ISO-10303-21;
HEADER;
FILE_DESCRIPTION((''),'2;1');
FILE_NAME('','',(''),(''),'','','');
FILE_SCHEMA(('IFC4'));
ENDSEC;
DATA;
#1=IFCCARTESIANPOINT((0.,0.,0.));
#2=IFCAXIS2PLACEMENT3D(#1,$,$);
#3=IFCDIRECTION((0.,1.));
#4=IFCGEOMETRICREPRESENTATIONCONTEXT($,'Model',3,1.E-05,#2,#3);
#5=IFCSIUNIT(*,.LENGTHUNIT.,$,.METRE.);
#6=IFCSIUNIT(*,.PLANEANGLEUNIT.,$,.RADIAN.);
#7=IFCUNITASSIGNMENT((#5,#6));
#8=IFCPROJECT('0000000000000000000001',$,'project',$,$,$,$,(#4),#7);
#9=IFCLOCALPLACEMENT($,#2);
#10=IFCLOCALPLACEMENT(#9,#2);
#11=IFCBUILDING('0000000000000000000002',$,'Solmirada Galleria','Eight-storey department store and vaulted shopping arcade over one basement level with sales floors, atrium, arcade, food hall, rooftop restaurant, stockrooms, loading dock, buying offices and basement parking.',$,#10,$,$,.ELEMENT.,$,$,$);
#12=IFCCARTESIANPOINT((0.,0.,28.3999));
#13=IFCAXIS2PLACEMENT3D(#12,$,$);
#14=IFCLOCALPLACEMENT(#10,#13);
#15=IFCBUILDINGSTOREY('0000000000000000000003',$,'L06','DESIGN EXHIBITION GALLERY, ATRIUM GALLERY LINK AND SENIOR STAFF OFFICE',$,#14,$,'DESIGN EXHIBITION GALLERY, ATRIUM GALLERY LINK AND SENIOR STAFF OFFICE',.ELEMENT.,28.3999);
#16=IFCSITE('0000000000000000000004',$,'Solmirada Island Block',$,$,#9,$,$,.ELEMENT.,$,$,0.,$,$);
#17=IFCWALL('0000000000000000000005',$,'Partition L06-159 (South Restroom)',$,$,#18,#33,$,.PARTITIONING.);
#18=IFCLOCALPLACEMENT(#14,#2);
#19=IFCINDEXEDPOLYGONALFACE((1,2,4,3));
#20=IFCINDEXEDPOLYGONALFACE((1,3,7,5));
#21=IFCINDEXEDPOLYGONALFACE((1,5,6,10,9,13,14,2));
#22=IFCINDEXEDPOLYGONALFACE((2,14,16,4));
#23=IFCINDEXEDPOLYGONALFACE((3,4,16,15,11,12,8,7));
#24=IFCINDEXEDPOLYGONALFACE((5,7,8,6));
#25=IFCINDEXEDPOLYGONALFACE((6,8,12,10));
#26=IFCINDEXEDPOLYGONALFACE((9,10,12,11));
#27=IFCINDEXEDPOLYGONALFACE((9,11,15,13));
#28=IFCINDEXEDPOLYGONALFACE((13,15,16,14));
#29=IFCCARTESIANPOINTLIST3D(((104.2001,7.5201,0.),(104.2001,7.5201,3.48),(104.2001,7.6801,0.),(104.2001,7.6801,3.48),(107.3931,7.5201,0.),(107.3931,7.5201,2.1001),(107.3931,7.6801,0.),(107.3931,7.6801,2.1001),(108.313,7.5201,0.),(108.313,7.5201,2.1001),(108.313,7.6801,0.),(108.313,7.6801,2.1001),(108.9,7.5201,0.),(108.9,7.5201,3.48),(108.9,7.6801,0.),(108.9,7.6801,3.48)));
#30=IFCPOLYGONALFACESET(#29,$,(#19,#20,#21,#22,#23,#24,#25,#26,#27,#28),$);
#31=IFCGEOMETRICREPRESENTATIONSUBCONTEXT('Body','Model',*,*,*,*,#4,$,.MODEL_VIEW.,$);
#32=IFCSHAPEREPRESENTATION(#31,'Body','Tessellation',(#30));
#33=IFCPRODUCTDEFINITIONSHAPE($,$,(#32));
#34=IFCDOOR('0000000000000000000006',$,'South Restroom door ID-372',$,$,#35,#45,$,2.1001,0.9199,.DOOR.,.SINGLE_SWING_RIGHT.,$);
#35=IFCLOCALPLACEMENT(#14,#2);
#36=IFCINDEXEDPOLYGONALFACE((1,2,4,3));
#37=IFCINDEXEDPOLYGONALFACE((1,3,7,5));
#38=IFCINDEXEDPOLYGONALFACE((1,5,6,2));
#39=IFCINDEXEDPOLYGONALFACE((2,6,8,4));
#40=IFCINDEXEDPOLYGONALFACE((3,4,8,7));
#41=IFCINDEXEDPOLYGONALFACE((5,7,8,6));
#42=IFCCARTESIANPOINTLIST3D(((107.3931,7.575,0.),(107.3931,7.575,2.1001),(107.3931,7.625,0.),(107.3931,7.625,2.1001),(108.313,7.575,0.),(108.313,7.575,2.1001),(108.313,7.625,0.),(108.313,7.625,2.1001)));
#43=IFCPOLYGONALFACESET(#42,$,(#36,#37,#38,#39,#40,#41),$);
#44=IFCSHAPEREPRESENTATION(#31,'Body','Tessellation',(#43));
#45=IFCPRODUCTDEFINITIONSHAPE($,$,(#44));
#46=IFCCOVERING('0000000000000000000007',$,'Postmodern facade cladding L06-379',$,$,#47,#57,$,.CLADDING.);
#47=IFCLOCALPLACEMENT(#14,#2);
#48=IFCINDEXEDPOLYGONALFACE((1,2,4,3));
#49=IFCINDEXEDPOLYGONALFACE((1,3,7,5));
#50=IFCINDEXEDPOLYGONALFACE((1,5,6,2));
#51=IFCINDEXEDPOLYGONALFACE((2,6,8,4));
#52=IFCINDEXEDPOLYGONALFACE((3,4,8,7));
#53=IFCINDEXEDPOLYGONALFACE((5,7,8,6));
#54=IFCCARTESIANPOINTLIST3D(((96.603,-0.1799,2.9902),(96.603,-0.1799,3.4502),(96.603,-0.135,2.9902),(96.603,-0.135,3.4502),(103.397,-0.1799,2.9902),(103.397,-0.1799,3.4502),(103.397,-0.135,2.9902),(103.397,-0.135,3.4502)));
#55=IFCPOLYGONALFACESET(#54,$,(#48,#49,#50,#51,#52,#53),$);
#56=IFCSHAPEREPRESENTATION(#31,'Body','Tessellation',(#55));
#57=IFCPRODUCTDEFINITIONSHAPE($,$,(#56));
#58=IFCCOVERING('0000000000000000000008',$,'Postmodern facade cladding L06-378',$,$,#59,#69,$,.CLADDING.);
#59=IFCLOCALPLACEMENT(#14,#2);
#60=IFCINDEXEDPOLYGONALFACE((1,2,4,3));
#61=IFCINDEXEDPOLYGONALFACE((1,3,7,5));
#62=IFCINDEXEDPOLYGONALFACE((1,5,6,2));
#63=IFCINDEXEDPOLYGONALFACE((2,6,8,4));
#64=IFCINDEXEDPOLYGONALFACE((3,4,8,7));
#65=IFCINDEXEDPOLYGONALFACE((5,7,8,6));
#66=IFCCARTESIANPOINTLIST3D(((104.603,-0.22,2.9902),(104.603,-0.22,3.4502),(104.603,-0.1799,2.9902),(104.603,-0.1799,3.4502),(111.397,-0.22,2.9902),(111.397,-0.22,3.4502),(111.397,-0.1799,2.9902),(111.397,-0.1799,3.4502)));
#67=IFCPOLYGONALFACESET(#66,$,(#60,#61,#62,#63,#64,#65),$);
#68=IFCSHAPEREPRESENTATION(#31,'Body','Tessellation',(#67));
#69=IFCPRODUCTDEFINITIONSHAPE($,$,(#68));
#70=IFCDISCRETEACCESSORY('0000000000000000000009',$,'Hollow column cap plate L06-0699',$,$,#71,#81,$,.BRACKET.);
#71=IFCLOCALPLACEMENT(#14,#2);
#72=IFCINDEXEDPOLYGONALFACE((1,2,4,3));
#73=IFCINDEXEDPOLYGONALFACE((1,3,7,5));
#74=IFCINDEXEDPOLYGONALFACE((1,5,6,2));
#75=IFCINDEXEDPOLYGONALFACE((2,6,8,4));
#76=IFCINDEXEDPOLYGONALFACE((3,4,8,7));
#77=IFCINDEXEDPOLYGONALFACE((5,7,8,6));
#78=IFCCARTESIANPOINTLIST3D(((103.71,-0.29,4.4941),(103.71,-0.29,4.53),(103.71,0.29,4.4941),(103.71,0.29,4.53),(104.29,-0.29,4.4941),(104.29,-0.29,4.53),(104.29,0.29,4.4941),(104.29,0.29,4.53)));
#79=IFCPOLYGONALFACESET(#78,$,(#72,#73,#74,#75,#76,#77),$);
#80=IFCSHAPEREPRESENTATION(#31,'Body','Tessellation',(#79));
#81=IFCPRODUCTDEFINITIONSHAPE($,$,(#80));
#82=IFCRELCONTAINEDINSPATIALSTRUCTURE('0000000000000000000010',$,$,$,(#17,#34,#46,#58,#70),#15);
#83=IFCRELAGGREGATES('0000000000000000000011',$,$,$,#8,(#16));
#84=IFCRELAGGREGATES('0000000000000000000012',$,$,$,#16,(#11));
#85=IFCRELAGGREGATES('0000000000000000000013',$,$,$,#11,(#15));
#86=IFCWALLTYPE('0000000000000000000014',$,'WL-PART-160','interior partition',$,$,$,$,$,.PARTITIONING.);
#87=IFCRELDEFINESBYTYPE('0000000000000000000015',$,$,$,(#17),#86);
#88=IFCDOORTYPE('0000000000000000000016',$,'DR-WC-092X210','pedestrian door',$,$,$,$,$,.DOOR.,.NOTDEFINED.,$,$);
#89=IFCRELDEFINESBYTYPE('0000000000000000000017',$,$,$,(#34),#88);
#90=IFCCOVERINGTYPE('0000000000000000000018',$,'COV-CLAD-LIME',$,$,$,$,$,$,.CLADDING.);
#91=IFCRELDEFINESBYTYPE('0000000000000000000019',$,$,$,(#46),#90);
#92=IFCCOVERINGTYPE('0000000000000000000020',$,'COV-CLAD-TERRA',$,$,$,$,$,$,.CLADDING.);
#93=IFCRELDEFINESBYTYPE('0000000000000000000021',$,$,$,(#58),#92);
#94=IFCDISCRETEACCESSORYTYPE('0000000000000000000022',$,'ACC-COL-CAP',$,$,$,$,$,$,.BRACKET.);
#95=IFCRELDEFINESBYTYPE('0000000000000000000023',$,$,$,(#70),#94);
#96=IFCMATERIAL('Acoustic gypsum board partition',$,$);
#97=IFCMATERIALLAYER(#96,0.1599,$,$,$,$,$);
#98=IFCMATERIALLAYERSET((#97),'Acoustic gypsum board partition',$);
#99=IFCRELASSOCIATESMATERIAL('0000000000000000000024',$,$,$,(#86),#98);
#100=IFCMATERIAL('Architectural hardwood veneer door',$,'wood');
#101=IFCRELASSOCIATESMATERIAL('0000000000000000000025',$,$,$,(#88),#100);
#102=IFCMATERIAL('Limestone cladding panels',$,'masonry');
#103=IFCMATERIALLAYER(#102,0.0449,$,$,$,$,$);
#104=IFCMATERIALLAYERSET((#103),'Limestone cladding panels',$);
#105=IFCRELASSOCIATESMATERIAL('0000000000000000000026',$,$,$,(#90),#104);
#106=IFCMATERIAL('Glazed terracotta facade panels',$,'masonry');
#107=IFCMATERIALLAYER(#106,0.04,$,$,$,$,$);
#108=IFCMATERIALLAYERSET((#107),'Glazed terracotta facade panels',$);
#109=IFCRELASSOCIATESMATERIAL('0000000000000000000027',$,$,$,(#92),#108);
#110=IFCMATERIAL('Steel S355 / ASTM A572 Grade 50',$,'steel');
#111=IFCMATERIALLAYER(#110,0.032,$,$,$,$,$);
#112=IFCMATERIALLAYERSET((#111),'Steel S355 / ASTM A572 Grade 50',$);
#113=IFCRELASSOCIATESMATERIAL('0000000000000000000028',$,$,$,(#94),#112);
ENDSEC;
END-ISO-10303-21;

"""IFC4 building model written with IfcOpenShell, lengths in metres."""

from ifc_helpers import new_model, si_unit, direction, frame, frame_2d, origin, origin_2d, place, context, subcontext, project, spatial, rectangle, extrude, material, layer, layer_set, type_object, element, fill, save


model = new_model("IFC4")

# Units and contexts
model_context = context("Model", 3, precision=1e-05, world=origin(), true_north=direction((0.0, 1.0)))
body_context = subcontext(model_context, "Body", "Model", "MODEL_VIEW")
ifc_project = project(units=[si_unit("LENGTHUNIT", "METRE"), si_unit("PLANEANGLEUNIT", "RADIAN")], contexts=[model_context])

# Site, building, storey
site_placement = place(None, origin())
site = spatial("IfcSite", under=ifc_project, at=site_placement, Name="Solmirada Island Block", CompositionType="ELEMENT", RefElevation=0.0)
building_placement = place(site_placement, origin())
building = spatial("IfcBuilding", under=site, at=building_placement, Name="Solmirada Galleria", Description="Eight-storey department store and vaulted shopping arcade over one basement level with sales floors, atrium, arcade, food hall, rooftop restaurant, stockrooms, loading dock, buying offices and basement parking.", CompositionType="ELEMENT")
storey_placement = place(building_placement, frame((0.0, 0.0, 28.3999)))
storey = spatial("IfcBuildingStorey", under=building, at=storey_placement, Name="L06", Description="DESIGN EXHIBITION GALLERY, ATRIUM GALLERY LINK AND SENIOR STAFF OFFICE", LongName="DESIGN EXHIBITION GALLERY, ATRIUM GALLERY LINK AND SENIOR STAFF OFFICE", CompositionType="ELEMENT", Elevation=28.3999)

# Shared definitions
ifc_material_1 = material(Name="Steel S355 / ASTM A572 Grade 50", Category="steel")

# Shared definitions
ifc_material_2 = material(Name="Acoustic gypsum board partition")

# Wall, opening, door
ifc_layer_1 = layer(ifc_material_2, 0.1599)
ifc_layer_set_1 = layer_set([ifc_layer_1], Name="Acoustic gypsum board partition")
wall_type_1 = type_object("IfcWallType", Name="WL-PART-160", Description="interior partition", PredefinedType="PARTITIONING", material=ifc_layer_set_1)
wall_1_placement = place(storey_placement, frame((104.2, 7.6001, 0.0), z_axis=(0.0, 0.0, 1.0), x_axis=(1.0, 0.0, 0.0)))
wall_1 = element("IfcWall", 1, at=wall_1_placement, inside=storey, type_object=wall_type_1, Name="Partition L06-159 (South Restroom)", PredefinedType="PARTITIONING", context=body_context, shape_type="SweptSolid", body=[
    extrude(rectangle(XDim=4.7, YDim=0.1599, at=frame_2d((2.3501, 0.0))), origin(), (0.0, 0.0, 1.0), 3.48),
])
opening_1_placement = place(wall_1_placement, frame((3.1931, 0.0, 0.0)))
opening_1 = element("IfcOpeningElement", 2, at=opening_1_placement, cuts=wall_1, PredefinedType="OPENING", context=body_context, shape_type="SweptSolid", body=[
    extrude(rectangle(XDim=0.9199, YDim=2.1001, at=frame_2d((0.46, 1.05))), frame((0.0, 0.0898, 0.0), z_axis=(0.0, -1.0, 0.0), x_axis=(1.0, 0.0, 0.0)), (0.0, 0.0, 1.0), 0.1799),
])
ifc_material_3 = material(Name="Architectural hardwood veneer door", Category="wood")
door_type = type_object("IfcDoorType", Name="DR-WC-092X210", Description="pedestrian door", OperationType="NOTDEFINED", PredefinedType="DOOR", material=ifc_material_3)
door_placement = place(opening_1_placement, origin())
door = element("IfcDoor", 3, at=door_placement, inside=storey, type_object=door_type, Name="South Restroom door ID-372", OperationType="SINGLE_SWING_RIGHT", OverallHeight=2.1001, OverallWidth=0.9199, PredefinedType="DOOR", context=body_context, shape_type="SweptSolid", body=[
    extrude(rectangle(XDim=0.9199, YDim=2.1001, at=frame_2d((0.46, 1.05))), frame((0.0, 0.0249, 0.0), z_axis=(0.0, -1.0, 0.0), x_axis=(1.0, 0.0, 0.0)), (0.0, 0.0, 1.0), 0.05),
])
fill(opening_1, door)

# Coverings
ifc_material_4 = material(Name="Limestone cladding panels", Category="masonry")
ifc_layer_2 = layer(ifc_material_4, 0.0449)
ifc_layer_set_2 = layer_set([ifc_layer_2], Name="Limestone cladding panels")
covering_type_1 = type_object("IfcCoveringType", Name="COV-CLAD-LIME", PredefinedType="CLADDING", material=ifc_layer_set_2)
covering_1_placement = place(storey_placement, frame((100.0, -0.1575, 2.9902), z_axis=(0.0, 0.0, 1.0), x_axis=(-1.0, 0.0, 0.0)))
element("IfcCovering", 4, at=covering_1_placement, inside=storey, type_object=covering_type_1, Name="Postmodern facade cladding L06-379", PredefinedType="CLADDING", context=body_context, shape_type="SweptSolid", body=[
    extrude(rectangle(XDim=6.7939, YDim=0.0449, at=origin_2d()), origin(), (0.0, 0.0, 1.0), 0.46),
])
ifc_material_5 = material(Name="Glazed terracotta facade panels", Category="masonry")
ifc_layer_3 = layer(ifc_material_5, 0.04)
ifc_layer_set_3 = layer_set([ifc_layer_3], Name="Glazed terracotta facade panels")
covering_type_2 = type_object("IfcCoveringType", Name="COV-CLAD-TERRA", PredefinedType="CLADDING", material=ifc_layer_set_3)
covering_2_placement = place(storey_placement, frame((108.0, -0.2, 2.9902), z_axis=(0.0, 0.0, 1.0), x_axis=(-1.0, 0.0, 0.0)))
element("IfcCovering", 5, at=covering_2_placement, inside=storey, type_object=covering_type_2, Name="Postmodern facade cladding L06-378", PredefinedType="CLADDING", context=body_context, shape_type="SweptSolid", body=[
    extrude(rectangle(XDim=6.7939, YDim=0.04, at=origin_2d()), origin(), (0.0, 0.0, 1.0), 0.46),
])

# Discrete accessory
ifc_layer_4 = layer(ifc_material_1, 0.032)
ifc_layer_set_4 = layer_set([ifc_layer_4], Name="Steel S355 / ASTM A572 Grade 50")
discrete_accessory_type = type_object("IfcDiscreteAccessoryType", Name="ACC-COL-CAP", PredefinedType="BRACKET", material=ifc_layer_set_4)
discrete_accessory_placement = place(storey_placement, frame((104.0, 0.0, 4.4941), z_axis=(0.0, 0.0, 1.0), x_axis=(1.0, 0.0, 0.0)))
element("IfcDiscreteAccessory", 6, at=discrete_accessory_placement, inside=storey, type_object=discrete_accessory_type, Name="Hollow column cap plate L06-0699", PredefinedType="BRACKET", context=body_context, shape_type="SweptSolid", body=[
    extrude(rectangle(XDim=0.5801, YDim=0.5801, at=origin_2d()), origin(), (0.0, 0.0, 1.0), 0.0359),
])

save(model, "model.ifc")
